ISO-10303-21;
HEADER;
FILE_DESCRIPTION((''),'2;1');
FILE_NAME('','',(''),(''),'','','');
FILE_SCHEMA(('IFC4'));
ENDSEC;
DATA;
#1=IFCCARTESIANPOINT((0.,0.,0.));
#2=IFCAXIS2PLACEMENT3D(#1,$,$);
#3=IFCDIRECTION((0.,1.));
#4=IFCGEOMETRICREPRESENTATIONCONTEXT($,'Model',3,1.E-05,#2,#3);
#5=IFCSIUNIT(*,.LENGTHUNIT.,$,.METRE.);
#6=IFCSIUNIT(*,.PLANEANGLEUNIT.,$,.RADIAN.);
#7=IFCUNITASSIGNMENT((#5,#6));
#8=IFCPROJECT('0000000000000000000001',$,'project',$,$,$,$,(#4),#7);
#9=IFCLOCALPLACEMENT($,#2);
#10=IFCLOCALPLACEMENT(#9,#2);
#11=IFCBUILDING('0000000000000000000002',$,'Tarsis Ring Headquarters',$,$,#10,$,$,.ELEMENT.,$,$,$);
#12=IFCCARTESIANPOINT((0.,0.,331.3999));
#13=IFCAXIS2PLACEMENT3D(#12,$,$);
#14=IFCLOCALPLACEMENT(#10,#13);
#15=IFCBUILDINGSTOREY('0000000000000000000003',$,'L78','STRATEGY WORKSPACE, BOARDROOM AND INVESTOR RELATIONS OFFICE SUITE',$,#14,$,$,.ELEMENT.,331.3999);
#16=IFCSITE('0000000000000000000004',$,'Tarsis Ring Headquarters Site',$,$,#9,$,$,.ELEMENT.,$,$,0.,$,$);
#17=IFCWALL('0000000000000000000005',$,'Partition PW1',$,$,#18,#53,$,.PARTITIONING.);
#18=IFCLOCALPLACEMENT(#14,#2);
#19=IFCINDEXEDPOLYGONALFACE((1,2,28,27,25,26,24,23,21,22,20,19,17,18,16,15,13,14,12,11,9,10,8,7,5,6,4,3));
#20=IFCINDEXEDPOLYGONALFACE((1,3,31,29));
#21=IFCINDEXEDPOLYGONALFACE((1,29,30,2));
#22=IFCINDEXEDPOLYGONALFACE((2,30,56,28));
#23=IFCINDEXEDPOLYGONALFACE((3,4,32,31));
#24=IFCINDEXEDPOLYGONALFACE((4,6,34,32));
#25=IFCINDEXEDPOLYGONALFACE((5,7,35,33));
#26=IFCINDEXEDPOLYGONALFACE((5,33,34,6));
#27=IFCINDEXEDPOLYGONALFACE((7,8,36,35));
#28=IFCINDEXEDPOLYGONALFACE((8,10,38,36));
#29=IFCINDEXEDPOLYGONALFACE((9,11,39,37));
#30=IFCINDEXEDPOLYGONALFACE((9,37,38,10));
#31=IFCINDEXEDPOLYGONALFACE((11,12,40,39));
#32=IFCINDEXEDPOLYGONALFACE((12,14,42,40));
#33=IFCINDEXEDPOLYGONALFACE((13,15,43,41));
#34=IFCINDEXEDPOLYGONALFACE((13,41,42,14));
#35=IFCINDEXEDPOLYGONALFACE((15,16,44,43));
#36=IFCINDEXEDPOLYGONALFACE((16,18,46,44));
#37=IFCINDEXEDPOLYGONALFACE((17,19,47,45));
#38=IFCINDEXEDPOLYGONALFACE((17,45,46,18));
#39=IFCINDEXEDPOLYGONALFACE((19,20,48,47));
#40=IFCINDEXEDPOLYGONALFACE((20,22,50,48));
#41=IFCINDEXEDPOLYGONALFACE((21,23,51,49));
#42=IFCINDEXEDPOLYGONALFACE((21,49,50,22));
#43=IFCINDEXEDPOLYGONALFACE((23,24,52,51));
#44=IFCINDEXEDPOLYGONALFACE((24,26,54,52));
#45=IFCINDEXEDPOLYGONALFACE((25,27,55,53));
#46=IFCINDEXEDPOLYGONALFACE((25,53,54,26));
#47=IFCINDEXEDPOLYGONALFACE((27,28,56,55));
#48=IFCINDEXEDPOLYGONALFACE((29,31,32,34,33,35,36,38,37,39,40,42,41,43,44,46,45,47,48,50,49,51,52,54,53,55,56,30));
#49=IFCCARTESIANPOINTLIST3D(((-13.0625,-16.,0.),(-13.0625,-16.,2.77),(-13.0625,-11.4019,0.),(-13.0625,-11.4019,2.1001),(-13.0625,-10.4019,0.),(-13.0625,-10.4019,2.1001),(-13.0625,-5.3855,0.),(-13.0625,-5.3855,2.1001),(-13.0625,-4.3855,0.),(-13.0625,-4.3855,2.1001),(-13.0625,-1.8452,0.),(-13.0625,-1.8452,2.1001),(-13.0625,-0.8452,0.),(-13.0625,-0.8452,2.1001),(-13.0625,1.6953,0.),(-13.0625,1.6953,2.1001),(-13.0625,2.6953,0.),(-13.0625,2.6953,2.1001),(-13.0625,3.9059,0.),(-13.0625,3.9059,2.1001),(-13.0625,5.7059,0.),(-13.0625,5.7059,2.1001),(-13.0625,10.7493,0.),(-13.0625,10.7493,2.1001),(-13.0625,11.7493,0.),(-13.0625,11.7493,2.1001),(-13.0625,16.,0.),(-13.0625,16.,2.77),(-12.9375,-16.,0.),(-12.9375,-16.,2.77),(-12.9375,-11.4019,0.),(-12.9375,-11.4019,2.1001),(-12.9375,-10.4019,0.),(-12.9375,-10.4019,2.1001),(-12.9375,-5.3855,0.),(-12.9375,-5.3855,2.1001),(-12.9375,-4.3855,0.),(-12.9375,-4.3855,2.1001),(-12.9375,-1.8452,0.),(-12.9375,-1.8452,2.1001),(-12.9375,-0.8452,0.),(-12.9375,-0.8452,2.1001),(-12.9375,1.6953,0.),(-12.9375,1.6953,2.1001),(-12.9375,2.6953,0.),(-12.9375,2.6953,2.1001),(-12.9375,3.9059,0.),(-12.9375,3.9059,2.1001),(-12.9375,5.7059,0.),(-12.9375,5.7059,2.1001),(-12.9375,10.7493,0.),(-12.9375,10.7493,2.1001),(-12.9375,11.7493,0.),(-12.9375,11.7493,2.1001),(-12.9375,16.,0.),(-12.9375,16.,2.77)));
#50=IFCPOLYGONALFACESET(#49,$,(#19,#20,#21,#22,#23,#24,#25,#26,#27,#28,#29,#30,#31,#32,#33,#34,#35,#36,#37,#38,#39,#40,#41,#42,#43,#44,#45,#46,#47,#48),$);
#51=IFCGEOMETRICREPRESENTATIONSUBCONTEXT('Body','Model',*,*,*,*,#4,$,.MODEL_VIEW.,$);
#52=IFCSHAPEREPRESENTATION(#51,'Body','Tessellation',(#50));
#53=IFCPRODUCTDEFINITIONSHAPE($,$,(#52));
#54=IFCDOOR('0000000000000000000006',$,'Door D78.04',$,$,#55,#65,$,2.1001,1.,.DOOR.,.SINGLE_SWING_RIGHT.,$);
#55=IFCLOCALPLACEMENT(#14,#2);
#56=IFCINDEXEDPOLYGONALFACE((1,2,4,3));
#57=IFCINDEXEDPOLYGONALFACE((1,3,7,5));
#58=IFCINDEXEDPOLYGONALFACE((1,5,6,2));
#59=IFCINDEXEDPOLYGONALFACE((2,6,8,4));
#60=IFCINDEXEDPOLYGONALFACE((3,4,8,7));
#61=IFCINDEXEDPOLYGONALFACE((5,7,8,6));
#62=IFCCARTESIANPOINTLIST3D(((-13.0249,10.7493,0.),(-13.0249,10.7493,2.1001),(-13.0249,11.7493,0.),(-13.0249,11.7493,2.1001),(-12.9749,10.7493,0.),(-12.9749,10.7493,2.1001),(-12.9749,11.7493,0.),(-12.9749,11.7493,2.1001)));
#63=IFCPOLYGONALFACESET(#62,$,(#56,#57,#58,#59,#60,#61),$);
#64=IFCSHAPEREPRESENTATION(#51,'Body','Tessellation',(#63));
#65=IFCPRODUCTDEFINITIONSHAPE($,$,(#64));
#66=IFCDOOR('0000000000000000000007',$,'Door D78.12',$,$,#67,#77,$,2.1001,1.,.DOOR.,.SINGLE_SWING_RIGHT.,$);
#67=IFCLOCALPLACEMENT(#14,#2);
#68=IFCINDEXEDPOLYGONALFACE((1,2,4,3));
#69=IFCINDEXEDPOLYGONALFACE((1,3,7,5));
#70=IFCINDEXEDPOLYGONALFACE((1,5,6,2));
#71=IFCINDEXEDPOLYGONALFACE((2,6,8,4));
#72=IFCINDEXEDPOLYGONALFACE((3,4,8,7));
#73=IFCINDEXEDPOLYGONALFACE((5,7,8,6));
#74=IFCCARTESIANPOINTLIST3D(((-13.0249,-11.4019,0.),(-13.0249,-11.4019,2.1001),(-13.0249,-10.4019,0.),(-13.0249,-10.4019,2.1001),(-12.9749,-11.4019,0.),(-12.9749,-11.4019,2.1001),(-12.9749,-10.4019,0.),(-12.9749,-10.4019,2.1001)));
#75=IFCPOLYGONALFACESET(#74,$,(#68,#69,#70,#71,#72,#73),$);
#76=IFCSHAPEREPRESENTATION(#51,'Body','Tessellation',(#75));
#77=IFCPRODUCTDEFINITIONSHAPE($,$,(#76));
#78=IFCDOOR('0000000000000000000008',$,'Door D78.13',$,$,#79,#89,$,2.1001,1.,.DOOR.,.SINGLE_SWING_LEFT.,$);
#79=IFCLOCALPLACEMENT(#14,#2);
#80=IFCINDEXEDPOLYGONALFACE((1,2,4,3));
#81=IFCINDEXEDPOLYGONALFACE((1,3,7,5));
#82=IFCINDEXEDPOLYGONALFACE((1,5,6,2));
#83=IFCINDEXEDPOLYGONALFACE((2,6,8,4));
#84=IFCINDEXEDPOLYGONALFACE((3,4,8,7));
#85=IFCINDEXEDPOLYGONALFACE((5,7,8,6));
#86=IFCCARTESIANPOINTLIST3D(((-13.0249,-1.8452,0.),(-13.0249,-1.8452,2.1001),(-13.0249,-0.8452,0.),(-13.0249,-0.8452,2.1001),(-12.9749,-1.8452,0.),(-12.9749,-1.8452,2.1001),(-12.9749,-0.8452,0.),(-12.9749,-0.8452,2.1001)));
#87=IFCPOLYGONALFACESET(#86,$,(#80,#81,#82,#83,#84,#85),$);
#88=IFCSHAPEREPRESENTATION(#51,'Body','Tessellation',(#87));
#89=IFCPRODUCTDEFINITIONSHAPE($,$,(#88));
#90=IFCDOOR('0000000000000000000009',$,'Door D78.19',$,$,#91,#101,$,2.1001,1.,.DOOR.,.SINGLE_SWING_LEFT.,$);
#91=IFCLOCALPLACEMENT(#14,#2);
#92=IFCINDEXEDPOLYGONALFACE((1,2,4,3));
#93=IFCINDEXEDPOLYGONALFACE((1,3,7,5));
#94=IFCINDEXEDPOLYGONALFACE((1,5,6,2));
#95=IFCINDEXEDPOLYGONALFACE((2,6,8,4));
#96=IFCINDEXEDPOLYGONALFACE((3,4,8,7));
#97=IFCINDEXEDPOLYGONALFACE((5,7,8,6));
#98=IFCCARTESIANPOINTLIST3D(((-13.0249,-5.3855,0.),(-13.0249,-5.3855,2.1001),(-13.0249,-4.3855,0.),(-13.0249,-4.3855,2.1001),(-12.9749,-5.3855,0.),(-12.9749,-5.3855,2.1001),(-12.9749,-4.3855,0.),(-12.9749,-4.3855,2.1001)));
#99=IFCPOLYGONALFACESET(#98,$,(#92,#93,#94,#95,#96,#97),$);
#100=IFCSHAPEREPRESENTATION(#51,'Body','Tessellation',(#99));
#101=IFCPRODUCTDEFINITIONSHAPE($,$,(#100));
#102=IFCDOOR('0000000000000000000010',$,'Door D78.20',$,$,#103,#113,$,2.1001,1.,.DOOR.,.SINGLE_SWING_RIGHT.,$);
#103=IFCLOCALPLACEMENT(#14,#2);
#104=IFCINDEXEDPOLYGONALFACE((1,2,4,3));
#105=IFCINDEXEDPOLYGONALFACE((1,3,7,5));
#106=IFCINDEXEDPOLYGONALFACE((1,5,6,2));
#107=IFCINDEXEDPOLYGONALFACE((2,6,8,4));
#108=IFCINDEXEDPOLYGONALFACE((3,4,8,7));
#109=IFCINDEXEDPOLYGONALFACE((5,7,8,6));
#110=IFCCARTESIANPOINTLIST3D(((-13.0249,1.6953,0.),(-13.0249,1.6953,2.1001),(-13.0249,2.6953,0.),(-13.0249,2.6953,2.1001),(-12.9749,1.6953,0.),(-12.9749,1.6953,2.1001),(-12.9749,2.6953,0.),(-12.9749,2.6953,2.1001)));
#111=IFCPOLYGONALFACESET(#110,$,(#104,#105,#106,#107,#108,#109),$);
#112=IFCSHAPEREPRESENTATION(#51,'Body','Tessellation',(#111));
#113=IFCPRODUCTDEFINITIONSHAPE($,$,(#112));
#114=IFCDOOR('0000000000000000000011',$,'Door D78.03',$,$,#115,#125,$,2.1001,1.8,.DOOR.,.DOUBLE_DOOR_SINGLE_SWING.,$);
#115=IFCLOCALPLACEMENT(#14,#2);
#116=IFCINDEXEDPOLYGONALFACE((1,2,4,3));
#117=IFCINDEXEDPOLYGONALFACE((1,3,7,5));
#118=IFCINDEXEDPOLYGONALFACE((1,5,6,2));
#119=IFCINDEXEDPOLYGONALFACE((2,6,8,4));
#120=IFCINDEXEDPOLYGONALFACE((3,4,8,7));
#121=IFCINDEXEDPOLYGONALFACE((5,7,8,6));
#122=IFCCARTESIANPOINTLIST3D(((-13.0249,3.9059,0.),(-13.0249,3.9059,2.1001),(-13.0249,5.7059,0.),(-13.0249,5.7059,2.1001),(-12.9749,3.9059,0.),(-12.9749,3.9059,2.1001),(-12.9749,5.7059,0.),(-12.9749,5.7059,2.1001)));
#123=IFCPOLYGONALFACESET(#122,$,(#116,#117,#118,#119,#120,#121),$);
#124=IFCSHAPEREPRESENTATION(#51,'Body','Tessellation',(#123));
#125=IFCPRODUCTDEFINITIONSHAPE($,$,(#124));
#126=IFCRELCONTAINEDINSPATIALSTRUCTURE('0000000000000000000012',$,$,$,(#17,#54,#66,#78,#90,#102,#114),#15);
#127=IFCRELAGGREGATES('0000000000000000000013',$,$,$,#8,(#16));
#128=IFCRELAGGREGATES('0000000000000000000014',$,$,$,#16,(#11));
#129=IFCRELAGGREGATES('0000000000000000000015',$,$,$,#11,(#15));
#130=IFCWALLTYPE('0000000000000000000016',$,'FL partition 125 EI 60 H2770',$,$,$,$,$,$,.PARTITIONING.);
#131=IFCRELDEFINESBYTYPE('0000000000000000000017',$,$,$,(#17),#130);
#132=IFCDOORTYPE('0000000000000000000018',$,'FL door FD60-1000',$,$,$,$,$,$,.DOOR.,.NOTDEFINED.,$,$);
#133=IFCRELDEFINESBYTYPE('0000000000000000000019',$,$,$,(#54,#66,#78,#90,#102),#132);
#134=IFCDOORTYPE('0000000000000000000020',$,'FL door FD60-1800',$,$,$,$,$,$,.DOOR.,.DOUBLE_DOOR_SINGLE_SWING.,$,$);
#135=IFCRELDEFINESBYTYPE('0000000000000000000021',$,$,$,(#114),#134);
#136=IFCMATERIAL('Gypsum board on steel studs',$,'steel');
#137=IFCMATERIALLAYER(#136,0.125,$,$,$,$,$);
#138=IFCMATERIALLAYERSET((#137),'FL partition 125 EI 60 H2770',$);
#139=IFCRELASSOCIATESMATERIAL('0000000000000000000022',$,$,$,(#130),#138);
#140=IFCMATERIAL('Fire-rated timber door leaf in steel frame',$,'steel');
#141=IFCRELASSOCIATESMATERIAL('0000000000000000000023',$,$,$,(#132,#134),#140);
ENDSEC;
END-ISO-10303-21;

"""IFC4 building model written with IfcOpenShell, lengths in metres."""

from ifc_helpers import new_model, si_unit, direction, frame, frame_2d, origin, place, context, subcontext, project, spatial, rectangle, extrude, material, layer, layer_set, type_object, element, fill, save


model = new_model("IFC4")

# Units and contexts
model_context = context("Model", 3, precision=1e-05, world=origin(), true_north=direction((0.0, 1.0)))
body_context = subcontext(model_context, "Body", "Model", "MODEL_VIEW")
ifc_project = project(units=[si_unit("LENGTHUNIT", "METRE"), si_unit("PLANEANGLEUNIT", "RADIAN")], contexts=[model_context])

# Site, building, storey
site_placement = place(None, origin())
site = spatial("IfcSite", under=ifc_project, at=site_placement, Name="Tarsis Ring Headquarters Site", CompositionType="ELEMENT", RefElevation=0.0)
building_placement = place(site_placement, origin())
building = spatial("IfcBuilding", under=site, at=building_placement, Name="Tarsis Ring Headquarters", CompositionType="ELEMENT")
storey_placement = place(building_placement, frame((0.0, 0.0, 331.3999)))
storey = spatial("IfcBuildingStorey", under=building, at=storey_placement, Name="L78", Description="STRATEGY WORKSPACE, BOARDROOM AND INVESTOR RELATIONS OFFICE SUITE", CompositionType="ELEMENT", Elevation=331.3999)

# Shared definitions
ifc_material_1 = material(Name="Gypsum board on steel studs", Category="steel")

# Wall, openings, doors
ifc_layer_1 = layer(ifc_material_1, 0.125)
ifc_layer_set_1 = layer_set([ifc_layer_1], Name="FL partition 125 EI 60 H2770")
wall_type_1 = type_object("IfcWallType", Name="FL partition 125 EI 60 H2770", PredefinedType="PARTITIONING", material=ifc_layer_set_1)
wall_1_placement = place(storey_placement, frame((-13.0, -16.0, 0.0), z_axis=(0.0, 0.0, 1.0), x_axis=(0.0, 1.0, 0.0)))
wall_1 = element("IfcWall", 1, at=wall_1_placement, inside=storey, type_object=wall_type_1, Name="Partition PW1", PredefinedType="PARTITIONING", context=body_context, shape_type="SweptSolid", body=[
    extrude(rectangle(XDim=32.0, YDim=0.125, at=frame_2d((16.0, 0.0))), origin(), (0.0, 0.0, 1.0), 2.77),
])
opening_1_placement = place(wall_1_placement, frame((19.906, 0.0, 0.0)))
opening_1 = element("IfcOpeningElement", 2, at=opening_1_placement, cuts=wall_1, PredefinedType="OPENING", context=body_context, shape_type="SweptSolid", body=[
    extrude(rectangle(XDim=1.8, YDim=2.1001, at=frame_2d((0.8999, 1.05))), frame((0.0, 0.0725, 0.0), z_axis=(0.0, -1.0, 0.0), x_axis=(1.0, 0.0, 0.0)), (0.0, 0.0, 1.0), 0.145),
])
opening_2_placement = place(wall_1_placement, frame((26.7493, 0.0, 0.0)))
opening_2 = element("IfcOpeningElement", 3, at=opening_2_placement, cuts=wall_1, PredefinedType="OPENING", context=body_context, shape_type="SweptSolid", body=[
    extrude(rectangle(XDim=1.0, YDim=2.1001, at=frame_2d((0.5, 1.05))), frame((0.0, 0.0725, 0.0), z_axis=(0.0, -1.0, 0.0), x_axis=(1.0, 0.0, 0.0)), (0.0, 0.0, 1.0), 0.145),
])
opening_3_placement = place(wall_1_placement, frame((4.5981, 0.0, 0.0)))
opening_3 = element("IfcOpeningElement", 4, at=opening_3_placement, cuts=wall_1, PredefinedType="OPENING", context=body_context, shape_type="SweptSolid", body=[
    extrude(rectangle(XDim=1.0, YDim=2.1001, at=frame_2d((0.5, 1.05))), frame((0.0, 0.0725, 0.0), z_axis=(0.0, -1.0, 0.0), x_axis=(1.0, 0.0, 0.0)), (0.0, 0.0, 1.0), 0.145),
])
opening_4_placement = place(wall_1_placement, frame((14.1548, 0.0, 0.0)))
opening_4 = element("IfcOpeningElement", 5, at=opening_4_placement, cuts=wall_1, PredefinedType="OPENING", context=body_context, shape_type="SweptSolid", body=[
    extrude(rectangle(XDim=1.0, YDim=2.1001, at=frame_2d((0.5, 1.05))), frame((0.0, 0.0725, 0.0), z_axis=(0.0, -1.0, 0.0), x_axis=(1.0, 0.0, 0.0)), (0.0, 0.0, 1.0), 0.145),
])
opening_5_placement = place(wall_1_placement, frame((10.6145, 0.0, 0.0)))
opening_5 = element("IfcOpeningElement", 6, at=opening_5_placement, cuts=wall_1, PredefinedType="OPENING", context=body_context, shape_type="SweptSolid", body=[
    extrude(rectangle(XDim=1.0, YDim=2.1001, at=frame_2d((0.5, 1.05))), frame((0.0, 0.0725, 0.0), z_axis=(0.0, -1.0, 0.0), x_axis=(1.0, 0.0, 0.0)), (0.0, 0.0, 1.0), 0.145),
])
opening_6_placement = place(wall_1_placement, frame((17.6953, 0.0, 0.0)))
opening_6 = element("IfcOpeningElement", 7, at=opening_6_placement, cuts=wall_1, PredefinedType="OPENING", context=body_context, shape_type="SweptSolid", body=[
    extrude(rectangle(XDim=1.0, YDim=2.1001, at=frame_2d((0.5, 1.05))), frame((0.0, 0.0725, 0.0), z_axis=(0.0, -1.0, 0.0), x_axis=(1.0, 0.0, 0.0)), (0.0, 0.0, 1.0), 0.145),
])
ifc_material_2 = material(Name="Fire-rated timber door leaf in steel frame", Category="steel")
door_type_1 = type_object("IfcDoorType", Name="FL door FD60-1000", OperationType="NOTDEFINED", PredefinedType="DOOR", material=ifc_material_2)
door_1_placement = place(opening_2_placement, origin())
door_1 = element("IfcDoor", 8, at=door_1_placement, inside=storey, type_object=door_type_1, Name="Door D78.04", OperationType="SINGLE_SWING_RIGHT", OverallHeight=2.1001, OverallWidth=1.0, PredefinedType="DOOR", context=body_context, shape_type="SweptSolid", body=[
    extrude(rectangle(XDim=1.0, YDim=2.1001, at=frame_2d((0.5, 1.05))), frame((0.0, 0.0249, 0.0), z_axis=(0.0, -1.0, 0.0), x_axis=(1.0, 0.0, 0.0)), (0.0, 0.0, 1.0), 0.05),
])
fill(opening_2, door_1)
door_2_placement = place(opening_3_placement, origin())
door_2 = element("IfcDoor", 9, at=door_2_placement, inside=storey, type_object=door_type_1, Name="Door D78.12", OperationType="SINGLE_SWING_RIGHT", OverallHeight=2.1001, OverallWidth=1.0, PredefinedType="DOOR", context=body_context, shape_type="SweptSolid", body=[
    extrude(rectangle(XDim=1.0, YDim=2.1001, at=frame_2d((0.5, 1.05))), frame((0.0, 0.0249, 0.0), z_axis=(0.0, -1.0, 0.0), x_axis=(1.0, 0.0, 0.0)), (0.0, 0.0, 1.0), 0.05),
])
fill(opening_3, door_2)
door_3_placement = place(opening_4_placement, origin())
door_3 = element("IfcDoor", 10, at=door_3_placement, inside=storey, type_object=door_type_1, Name="Door D78.13", OperationType="SINGLE_SWING_LEFT", OverallHeight=2.1001, OverallWidth=1.0, PredefinedType="DOOR", context=body_context, shape_type="SweptSolid", body=[
    extrude(rectangle(XDim=1.0, YDim=2.1001, at=frame_2d((0.5, 1.05))), frame((0.0, 0.0249, 0.0), z_axis=(0.0, -1.0, 0.0), x_axis=(1.0, 0.0, 0.0)), (0.0, 0.0, 1.0), 0.05),
])
fill(opening_4, door_3)
door_4_placement = place(opening_5_placement, origin())
door_4 = element("IfcDoor", 11, at=door_4_placement, inside=storey, type_object=door_type_1, Name="Door D78.19", OperationType="SINGLE_SWING_LEFT", OverallHeight=2.1001, OverallWidth=1.0, PredefinedType="DOOR", context=body_context, shape_type="SweptSolid", body=[
    extrude(rectangle(XDim=1.0, YDim=2.1001, at=frame_2d((0.5, 1.05))), frame((0.0, 0.0249, 0.0), z_axis=(0.0, -1.0, 0.0), x_axis=(1.0, 0.0, 0.0)), (0.0, 0.0, 1.0), 0.05),
])
fill(opening_5, door_4)
door_5_placement = place(opening_6_placement, origin())
door_5 = element("IfcDoor", 12, at=door_5_placement, inside=storey, type_object=door_type_1, Name="Door D78.20", OperationType="SINGLE_SWING_RIGHT", OverallHeight=2.1001, OverallWidth=1.0, PredefinedType="DOOR", context=body_context, shape_type="SweptSolid", body=[
    extrude(rectangle(XDim=1.0, YDim=2.1001, at=frame_2d((0.5, 1.05))), frame((0.0, 0.0249, 0.0), z_axis=(0.0, -1.0, 0.0), x_axis=(1.0, 0.0, 0.0)), (0.0, 0.0, 1.0), 0.05),
])
fill(opening_6, door_5)
door_type_2 = type_object("IfcDoorType", Name="FL door FD60-1800", OperationType="DOUBLE_DOOR_SINGLE_SWING", PredefinedType="DOOR", material=ifc_material_2)
door_6_placement = place(opening_1_placement, origin())
door_6 = element("IfcDoor", 13, at=door_6_placement, inside=storey, type_object=door_type_2, Name="Door D78.03", OperationType="DOUBLE_DOOR_SINGLE_SWING", OverallHeight=2.1001, OverallWidth=1.8, PredefinedType="DOOR", context=body_context, shape_type="SweptSolid", body=[
    extrude(rectangle(XDim=1.8, YDim=2.1001, at=frame_2d((0.8999, 1.05))), frame((0.0, 0.0249, 0.0), z_axis=(0.0, -1.0, 0.0), x_axis=(1.0, 0.0, 0.0)), (0.0, 0.0, 1.0), 0.05),
])
fill(opening_1, door_6)

save(model, "model.ifc")
